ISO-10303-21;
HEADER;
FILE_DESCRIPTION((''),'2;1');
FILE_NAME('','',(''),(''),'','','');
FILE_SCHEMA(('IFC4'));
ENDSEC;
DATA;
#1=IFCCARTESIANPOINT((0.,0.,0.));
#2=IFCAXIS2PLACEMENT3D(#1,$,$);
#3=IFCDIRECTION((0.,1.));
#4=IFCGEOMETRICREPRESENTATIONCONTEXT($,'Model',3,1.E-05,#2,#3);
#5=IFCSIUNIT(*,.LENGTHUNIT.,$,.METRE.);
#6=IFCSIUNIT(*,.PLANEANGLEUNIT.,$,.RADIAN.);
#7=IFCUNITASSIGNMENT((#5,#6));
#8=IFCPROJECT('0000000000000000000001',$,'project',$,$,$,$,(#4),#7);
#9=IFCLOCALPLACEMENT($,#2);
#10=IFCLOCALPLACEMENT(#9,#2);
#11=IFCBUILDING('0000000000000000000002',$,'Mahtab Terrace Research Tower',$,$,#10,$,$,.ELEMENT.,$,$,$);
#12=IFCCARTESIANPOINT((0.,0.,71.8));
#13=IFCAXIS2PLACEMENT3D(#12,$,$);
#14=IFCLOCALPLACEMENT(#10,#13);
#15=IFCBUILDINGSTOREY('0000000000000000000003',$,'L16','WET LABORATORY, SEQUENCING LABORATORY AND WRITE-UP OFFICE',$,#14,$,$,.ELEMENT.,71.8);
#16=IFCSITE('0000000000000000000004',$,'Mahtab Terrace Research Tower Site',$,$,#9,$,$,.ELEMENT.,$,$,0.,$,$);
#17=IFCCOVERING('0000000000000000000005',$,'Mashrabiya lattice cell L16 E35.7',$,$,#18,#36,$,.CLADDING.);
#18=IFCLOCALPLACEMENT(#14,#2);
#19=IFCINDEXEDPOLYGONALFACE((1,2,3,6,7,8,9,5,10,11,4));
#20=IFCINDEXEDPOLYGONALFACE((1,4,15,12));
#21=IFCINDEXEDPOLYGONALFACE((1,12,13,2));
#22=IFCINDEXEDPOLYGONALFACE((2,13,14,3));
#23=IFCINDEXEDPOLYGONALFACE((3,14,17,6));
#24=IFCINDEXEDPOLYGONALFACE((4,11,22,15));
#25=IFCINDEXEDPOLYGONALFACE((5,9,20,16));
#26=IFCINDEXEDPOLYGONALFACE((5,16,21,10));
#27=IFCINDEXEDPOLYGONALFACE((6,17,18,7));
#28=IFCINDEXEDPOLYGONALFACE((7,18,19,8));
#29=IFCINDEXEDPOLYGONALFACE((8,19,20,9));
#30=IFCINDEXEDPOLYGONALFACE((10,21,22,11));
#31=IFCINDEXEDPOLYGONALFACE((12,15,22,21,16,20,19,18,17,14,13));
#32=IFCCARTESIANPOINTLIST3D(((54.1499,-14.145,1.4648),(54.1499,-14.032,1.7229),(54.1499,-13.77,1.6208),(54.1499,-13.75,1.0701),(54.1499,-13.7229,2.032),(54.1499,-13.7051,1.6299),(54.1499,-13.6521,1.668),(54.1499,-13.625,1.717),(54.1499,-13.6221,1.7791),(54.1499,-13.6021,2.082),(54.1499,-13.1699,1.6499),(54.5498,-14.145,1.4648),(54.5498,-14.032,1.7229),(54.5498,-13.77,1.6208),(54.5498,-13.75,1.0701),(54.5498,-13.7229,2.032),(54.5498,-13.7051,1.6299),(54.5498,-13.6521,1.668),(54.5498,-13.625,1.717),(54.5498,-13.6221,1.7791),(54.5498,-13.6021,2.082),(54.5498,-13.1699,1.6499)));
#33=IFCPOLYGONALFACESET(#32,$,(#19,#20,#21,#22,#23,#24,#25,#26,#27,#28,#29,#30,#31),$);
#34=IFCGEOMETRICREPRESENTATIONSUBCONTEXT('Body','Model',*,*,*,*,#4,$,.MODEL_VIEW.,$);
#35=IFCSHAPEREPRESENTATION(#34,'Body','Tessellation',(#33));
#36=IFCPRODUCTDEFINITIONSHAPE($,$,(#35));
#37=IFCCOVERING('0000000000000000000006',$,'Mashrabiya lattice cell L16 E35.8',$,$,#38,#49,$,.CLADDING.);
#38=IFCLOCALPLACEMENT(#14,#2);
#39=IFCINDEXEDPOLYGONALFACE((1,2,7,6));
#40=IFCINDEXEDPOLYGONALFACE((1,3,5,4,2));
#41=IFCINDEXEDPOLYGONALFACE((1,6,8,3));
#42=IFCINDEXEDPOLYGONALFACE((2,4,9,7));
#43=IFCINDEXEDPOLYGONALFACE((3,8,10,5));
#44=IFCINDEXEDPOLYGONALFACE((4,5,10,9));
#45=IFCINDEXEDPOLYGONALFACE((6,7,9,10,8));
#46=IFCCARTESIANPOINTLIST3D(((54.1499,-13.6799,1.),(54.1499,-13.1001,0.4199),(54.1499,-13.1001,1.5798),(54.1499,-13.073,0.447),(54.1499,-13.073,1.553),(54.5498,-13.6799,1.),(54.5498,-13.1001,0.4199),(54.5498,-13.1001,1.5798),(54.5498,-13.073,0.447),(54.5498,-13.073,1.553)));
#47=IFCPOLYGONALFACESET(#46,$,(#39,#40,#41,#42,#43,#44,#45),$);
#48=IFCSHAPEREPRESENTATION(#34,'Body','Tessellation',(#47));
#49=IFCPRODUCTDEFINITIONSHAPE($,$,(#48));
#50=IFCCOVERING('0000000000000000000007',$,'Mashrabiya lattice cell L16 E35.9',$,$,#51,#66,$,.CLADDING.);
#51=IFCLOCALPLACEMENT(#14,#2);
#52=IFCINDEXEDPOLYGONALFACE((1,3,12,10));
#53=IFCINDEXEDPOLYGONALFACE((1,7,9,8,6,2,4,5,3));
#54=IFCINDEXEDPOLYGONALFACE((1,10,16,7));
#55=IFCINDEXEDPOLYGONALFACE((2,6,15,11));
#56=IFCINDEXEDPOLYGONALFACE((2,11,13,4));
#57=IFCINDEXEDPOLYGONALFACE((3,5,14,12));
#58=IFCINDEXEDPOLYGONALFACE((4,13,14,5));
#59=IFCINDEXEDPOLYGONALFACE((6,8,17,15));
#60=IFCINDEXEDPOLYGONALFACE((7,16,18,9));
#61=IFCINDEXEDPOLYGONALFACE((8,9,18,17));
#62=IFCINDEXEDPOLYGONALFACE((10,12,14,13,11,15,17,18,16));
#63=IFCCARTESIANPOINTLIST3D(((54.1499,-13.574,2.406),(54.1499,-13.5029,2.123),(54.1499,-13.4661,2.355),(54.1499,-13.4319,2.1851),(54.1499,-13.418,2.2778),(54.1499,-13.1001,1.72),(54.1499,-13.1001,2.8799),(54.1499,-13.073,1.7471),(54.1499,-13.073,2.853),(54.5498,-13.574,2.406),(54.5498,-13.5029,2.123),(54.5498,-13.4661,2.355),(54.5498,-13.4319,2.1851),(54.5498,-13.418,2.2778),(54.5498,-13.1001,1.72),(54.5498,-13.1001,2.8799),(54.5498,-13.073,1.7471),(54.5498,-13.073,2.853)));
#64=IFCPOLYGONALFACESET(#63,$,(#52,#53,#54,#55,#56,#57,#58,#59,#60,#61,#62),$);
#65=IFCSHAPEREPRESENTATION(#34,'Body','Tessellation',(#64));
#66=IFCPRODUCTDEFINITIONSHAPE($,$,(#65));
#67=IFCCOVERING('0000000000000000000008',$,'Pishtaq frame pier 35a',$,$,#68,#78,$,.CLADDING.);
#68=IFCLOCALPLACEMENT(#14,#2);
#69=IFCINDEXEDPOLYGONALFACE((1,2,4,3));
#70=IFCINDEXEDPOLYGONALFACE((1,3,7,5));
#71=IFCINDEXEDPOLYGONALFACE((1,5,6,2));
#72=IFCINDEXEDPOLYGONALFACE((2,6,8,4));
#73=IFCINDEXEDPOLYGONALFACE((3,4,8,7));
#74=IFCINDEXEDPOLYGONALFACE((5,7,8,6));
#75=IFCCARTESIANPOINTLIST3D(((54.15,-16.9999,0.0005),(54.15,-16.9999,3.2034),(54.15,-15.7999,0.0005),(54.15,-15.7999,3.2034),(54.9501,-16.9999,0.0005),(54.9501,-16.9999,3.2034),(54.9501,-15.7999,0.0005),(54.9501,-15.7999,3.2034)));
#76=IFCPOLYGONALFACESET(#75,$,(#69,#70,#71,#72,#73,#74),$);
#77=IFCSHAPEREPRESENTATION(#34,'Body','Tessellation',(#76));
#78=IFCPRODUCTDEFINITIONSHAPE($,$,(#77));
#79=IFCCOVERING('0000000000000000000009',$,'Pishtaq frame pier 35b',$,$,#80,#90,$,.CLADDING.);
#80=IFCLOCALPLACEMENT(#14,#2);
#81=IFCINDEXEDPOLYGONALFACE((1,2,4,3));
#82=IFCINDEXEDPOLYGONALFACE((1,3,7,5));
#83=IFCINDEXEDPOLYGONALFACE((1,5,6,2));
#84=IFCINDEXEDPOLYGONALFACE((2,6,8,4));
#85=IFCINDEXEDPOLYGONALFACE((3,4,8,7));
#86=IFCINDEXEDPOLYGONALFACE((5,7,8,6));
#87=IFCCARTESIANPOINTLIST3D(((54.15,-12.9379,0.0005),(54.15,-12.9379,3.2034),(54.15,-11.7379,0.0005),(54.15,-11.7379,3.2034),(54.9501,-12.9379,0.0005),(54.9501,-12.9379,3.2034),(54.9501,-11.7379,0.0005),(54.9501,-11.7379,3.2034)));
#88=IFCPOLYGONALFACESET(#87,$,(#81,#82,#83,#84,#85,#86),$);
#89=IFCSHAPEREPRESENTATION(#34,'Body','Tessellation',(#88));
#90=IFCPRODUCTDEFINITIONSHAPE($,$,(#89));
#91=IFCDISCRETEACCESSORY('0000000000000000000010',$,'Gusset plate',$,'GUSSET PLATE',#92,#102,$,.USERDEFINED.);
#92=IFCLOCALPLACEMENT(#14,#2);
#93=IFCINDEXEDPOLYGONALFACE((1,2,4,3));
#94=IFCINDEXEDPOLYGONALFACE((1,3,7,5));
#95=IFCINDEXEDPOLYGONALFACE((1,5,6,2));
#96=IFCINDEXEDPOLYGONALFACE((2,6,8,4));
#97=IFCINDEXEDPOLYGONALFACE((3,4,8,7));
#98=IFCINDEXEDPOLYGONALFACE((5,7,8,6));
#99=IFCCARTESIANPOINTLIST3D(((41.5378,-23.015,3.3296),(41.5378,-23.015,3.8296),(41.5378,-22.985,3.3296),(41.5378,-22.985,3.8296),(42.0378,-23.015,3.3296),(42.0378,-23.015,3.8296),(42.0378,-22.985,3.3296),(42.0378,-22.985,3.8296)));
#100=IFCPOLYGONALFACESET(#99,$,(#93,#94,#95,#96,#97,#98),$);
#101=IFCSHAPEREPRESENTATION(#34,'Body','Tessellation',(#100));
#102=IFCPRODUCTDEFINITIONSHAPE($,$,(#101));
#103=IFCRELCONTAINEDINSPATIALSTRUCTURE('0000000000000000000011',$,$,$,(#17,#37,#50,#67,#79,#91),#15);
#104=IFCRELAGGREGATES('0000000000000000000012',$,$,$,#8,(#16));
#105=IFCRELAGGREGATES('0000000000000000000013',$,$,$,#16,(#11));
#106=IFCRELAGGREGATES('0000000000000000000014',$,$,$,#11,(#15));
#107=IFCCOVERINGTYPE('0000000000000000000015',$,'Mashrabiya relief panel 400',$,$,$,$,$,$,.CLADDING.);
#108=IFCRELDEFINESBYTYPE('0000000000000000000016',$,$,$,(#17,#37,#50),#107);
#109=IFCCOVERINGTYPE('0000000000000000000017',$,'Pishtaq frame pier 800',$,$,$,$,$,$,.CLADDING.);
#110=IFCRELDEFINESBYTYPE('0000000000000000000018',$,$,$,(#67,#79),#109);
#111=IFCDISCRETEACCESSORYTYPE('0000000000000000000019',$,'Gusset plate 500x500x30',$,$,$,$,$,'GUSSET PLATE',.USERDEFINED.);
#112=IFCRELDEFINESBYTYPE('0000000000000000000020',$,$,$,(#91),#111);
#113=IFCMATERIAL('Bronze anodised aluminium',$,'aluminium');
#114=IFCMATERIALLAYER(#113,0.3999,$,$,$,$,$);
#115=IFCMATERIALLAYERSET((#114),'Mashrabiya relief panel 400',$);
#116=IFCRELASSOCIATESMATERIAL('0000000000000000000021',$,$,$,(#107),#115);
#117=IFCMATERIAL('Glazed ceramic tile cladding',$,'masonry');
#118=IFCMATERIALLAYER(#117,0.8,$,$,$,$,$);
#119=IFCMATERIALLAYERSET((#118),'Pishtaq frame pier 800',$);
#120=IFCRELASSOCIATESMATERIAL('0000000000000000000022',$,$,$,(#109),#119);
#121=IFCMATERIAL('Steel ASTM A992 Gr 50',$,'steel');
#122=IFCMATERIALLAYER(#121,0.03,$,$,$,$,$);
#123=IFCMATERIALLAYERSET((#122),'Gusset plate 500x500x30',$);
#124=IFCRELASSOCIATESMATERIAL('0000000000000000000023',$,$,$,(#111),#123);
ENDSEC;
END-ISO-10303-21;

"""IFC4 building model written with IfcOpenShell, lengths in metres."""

from ifc_helpers import new_model, si_unit, direction, frame, origin, origin_2d, place, context, subcontext, project, spatial, polyline, rectangle, outline, extrude, material, layer, layer_set, type_object, element, save


model = new_model("IFC4")

# Units and contexts
model_context = context("Model", 3, precision=1e-05, world=origin(), true_north=direction((0.0, 1.0)))
body_context = subcontext(model_context, "Body", "Model", "MODEL_VIEW")
ifc_project = project(units=[si_unit("LENGTHUNIT", "METRE"), si_unit("PLANEANGLEUNIT", "RADIAN")], contexts=[model_context])

# Site, building, storey
site_placement = place(None, origin())
site = spatial("IfcSite", under=ifc_project, at=site_placement, Name="Mahtab Terrace Research Tower Site", CompositionType="ELEMENT", RefElevation=0.0)
building_placement = place(site_placement, origin())
building = spatial("IfcBuilding", under=site, at=building_placement, Name="Mahtab Terrace Research Tower", CompositionType="ELEMENT")
storey_placement = place(building_placement, frame((0.0, 0.0, 71.8)))
storey = spatial("IfcBuildingStorey", under=building, at=storey_placement, Name="L16", Description="WET LABORATORY, SEQUENCING LABORATORY AND WRITE-UP OFFICE", CompositionType="ELEMENT", Elevation=71.8)

# Shared definitions
ifc_material_1 = material(Name="Steel ASTM A992 Gr 50", Category="steel")

# Coverings
ifc_material_2 = material(Name="Bronze anodised aluminium", Category="aluminium")
ifc_layer_1 = layer(ifc_material_2, 0.3999)
ifc_layer_set_1 = layer_set([ifc_layer_1], Name="Mashrabiya relief panel 400")
covering_type_1 = type_object("IfcCoveringType", Name="Mashrabiya relief panel 400", PredefinedType="CLADDING", material=ifc_layer_set_1)
covering_1_placement = place(storey_placement, frame((54.1499, -13.1699, 1.6499), z_axis=(-1.0, 0.0, 0.0), x_axis=(0.0, -0.707256, -0.706958)))
element("IfcCovering", 1, at=covering_1_placement, inside=storey, type_object=covering_type_1, Name="Mashrabiya lattice cell L16 E35.7", PredefinedType="CLADDING", context=body_context, shape_type="SweptSolid", body=[
    extrude(outline(polyline([(0.0, 0.0), (0.8202, 0.0), (0.8205, 0.5585), (0.5581, 0.6611), (0.445, 0.4037), (0.3926, 0.3642), (0.3283, 0.3537), (0.2744, 0.3692), (0.2285, 0.411), (0.121, 0.6612), (0.0001, 0.6111), (0.0, 0.0)])), origin(), (0.0, 0.0, -1.0), 0.3999),
])
covering_2_placement = place(storey_placement, frame((54.1499, -13.1001, 0.4199), z_axis=(-1.0, 0.0, 0.0), x_axis=(0.0, -0.706958, 0.707256)))
element("IfcCovering", 2, at=covering_2_placement, inside=storey, type_object=covering_type_1, Name="Mashrabiya lattice cell L16 E35.8", PredefinedType="CLADDING", context=body_context, shape_type="SweptSolid", body=[
    extrude(outline(polyline([(0.0, 0.0), (0.8202, 0.0), (0.8204, 0.82), (0.7822, 0.8202), (0.0, 0.0383), (0.0, 0.0)])), origin(), (0.0, 0.0, -1.0), 0.3999),
])
covering_3_placement = place(storey_placement, frame((54.1499, -13.1001, 1.72), z_axis=(-1.0, 0.0, 0.0), x_axis=(0.0, -0.706893, 0.707321)))
element("IfcCovering", 3, at=covering_3_placement, inside=storey, type_object=covering_type_1, Name="Mashrabiya lattice cell L16 E35.9", PredefinedType="CLADDING", context=body_context, shape_type="SweptSolid", body=[
    extrude(outline(polyline([(0.0, 0.0), (0.5699, 0.0), (0.5635, 0.0941), (0.6193, 0.1695), (0.7079, 0.19), (0.8202, 0.1498), (0.8204, 0.8199), (0.7823, 0.8201), (0.0, 0.0383), (0.0, 0.0)])), origin(), (0.0, 0.0, -1.0), 0.3999),
])
ifc_material_3 = material(Name="Glazed ceramic tile cladding", Category="masonry")
ifc_layer_2 = layer(ifc_material_3, 0.8)
ifc_layer_set_2 = layer_set([ifc_layer_2], Name="Pishtaq frame pier 800")
covering_type_2 = type_object("IfcCoveringType", Name="Pishtaq frame pier 800", PredefinedType="CLADDING", material=ifc_layer_set_2)
for number, where, z_axis, x_axis, name in (
    (4, (54.55, -16.3999, 0.0005), (0.0, 0.0, 1.0), (0.0, 1.0, 0.0), "Pishtaq frame pier 35a"),
    (5, (54.55, -12.3379, 0.0005), (0.0, 0.0, 1.0), (0.0, 1.0, 0.0), "Pishtaq frame pier 35b"),
):
    element("IfcCovering", number, at=place(storey_placement, frame(where, z_axis=z_axis, x_axis=x_axis)), inside=storey, type_object=covering_type_2, Name=name, PredefinedType="CLADDING", context=body_context, shape_type="SweptSolid", body=[
        extrude(rectangle(XDim=1.2, YDim=0.8, at=origin_2d()), origin(), (0.0, 0.0, 1.0), 3.2029),
    ])

# Discrete accessory
ifc_layer_3 = layer(ifc_material_1, 0.03)
ifc_layer_set_3 = layer_set([ifc_layer_3], Name="Gusset plate 500x500x30")
discrete_accessory_type = type_object("IfcDiscreteAccessoryType", Name="Gusset plate 500x500x30", ElementType="GUSSET PLATE", PredefinedType="USERDEFINED", material=ifc_layer_set_3)
discrete_accessory_placement = place(storey_placement, frame((41.7878, -23.0, 3.3296), z_axis=(0.0, 0.0, 1.0), x_axis=(1.0, 0.0, 0.0)))
element("IfcDiscreteAccessory", 6, at=discrete_accessory_placement, inside=storey, type_object=discrete_accessory_type, Name="Gusset plate", ObjectType="GUSSET PLATE", PredefinedType="USERDEFINED", context=body_context, shape_type="SweptSolid", body=[
    extrude(rectangle(XDim=0.5, YDim=0.03, at=origin_2d()), origin(), (0.0, 0.0, 1.0), 0.5),
])

save(model, "model.ifc")
